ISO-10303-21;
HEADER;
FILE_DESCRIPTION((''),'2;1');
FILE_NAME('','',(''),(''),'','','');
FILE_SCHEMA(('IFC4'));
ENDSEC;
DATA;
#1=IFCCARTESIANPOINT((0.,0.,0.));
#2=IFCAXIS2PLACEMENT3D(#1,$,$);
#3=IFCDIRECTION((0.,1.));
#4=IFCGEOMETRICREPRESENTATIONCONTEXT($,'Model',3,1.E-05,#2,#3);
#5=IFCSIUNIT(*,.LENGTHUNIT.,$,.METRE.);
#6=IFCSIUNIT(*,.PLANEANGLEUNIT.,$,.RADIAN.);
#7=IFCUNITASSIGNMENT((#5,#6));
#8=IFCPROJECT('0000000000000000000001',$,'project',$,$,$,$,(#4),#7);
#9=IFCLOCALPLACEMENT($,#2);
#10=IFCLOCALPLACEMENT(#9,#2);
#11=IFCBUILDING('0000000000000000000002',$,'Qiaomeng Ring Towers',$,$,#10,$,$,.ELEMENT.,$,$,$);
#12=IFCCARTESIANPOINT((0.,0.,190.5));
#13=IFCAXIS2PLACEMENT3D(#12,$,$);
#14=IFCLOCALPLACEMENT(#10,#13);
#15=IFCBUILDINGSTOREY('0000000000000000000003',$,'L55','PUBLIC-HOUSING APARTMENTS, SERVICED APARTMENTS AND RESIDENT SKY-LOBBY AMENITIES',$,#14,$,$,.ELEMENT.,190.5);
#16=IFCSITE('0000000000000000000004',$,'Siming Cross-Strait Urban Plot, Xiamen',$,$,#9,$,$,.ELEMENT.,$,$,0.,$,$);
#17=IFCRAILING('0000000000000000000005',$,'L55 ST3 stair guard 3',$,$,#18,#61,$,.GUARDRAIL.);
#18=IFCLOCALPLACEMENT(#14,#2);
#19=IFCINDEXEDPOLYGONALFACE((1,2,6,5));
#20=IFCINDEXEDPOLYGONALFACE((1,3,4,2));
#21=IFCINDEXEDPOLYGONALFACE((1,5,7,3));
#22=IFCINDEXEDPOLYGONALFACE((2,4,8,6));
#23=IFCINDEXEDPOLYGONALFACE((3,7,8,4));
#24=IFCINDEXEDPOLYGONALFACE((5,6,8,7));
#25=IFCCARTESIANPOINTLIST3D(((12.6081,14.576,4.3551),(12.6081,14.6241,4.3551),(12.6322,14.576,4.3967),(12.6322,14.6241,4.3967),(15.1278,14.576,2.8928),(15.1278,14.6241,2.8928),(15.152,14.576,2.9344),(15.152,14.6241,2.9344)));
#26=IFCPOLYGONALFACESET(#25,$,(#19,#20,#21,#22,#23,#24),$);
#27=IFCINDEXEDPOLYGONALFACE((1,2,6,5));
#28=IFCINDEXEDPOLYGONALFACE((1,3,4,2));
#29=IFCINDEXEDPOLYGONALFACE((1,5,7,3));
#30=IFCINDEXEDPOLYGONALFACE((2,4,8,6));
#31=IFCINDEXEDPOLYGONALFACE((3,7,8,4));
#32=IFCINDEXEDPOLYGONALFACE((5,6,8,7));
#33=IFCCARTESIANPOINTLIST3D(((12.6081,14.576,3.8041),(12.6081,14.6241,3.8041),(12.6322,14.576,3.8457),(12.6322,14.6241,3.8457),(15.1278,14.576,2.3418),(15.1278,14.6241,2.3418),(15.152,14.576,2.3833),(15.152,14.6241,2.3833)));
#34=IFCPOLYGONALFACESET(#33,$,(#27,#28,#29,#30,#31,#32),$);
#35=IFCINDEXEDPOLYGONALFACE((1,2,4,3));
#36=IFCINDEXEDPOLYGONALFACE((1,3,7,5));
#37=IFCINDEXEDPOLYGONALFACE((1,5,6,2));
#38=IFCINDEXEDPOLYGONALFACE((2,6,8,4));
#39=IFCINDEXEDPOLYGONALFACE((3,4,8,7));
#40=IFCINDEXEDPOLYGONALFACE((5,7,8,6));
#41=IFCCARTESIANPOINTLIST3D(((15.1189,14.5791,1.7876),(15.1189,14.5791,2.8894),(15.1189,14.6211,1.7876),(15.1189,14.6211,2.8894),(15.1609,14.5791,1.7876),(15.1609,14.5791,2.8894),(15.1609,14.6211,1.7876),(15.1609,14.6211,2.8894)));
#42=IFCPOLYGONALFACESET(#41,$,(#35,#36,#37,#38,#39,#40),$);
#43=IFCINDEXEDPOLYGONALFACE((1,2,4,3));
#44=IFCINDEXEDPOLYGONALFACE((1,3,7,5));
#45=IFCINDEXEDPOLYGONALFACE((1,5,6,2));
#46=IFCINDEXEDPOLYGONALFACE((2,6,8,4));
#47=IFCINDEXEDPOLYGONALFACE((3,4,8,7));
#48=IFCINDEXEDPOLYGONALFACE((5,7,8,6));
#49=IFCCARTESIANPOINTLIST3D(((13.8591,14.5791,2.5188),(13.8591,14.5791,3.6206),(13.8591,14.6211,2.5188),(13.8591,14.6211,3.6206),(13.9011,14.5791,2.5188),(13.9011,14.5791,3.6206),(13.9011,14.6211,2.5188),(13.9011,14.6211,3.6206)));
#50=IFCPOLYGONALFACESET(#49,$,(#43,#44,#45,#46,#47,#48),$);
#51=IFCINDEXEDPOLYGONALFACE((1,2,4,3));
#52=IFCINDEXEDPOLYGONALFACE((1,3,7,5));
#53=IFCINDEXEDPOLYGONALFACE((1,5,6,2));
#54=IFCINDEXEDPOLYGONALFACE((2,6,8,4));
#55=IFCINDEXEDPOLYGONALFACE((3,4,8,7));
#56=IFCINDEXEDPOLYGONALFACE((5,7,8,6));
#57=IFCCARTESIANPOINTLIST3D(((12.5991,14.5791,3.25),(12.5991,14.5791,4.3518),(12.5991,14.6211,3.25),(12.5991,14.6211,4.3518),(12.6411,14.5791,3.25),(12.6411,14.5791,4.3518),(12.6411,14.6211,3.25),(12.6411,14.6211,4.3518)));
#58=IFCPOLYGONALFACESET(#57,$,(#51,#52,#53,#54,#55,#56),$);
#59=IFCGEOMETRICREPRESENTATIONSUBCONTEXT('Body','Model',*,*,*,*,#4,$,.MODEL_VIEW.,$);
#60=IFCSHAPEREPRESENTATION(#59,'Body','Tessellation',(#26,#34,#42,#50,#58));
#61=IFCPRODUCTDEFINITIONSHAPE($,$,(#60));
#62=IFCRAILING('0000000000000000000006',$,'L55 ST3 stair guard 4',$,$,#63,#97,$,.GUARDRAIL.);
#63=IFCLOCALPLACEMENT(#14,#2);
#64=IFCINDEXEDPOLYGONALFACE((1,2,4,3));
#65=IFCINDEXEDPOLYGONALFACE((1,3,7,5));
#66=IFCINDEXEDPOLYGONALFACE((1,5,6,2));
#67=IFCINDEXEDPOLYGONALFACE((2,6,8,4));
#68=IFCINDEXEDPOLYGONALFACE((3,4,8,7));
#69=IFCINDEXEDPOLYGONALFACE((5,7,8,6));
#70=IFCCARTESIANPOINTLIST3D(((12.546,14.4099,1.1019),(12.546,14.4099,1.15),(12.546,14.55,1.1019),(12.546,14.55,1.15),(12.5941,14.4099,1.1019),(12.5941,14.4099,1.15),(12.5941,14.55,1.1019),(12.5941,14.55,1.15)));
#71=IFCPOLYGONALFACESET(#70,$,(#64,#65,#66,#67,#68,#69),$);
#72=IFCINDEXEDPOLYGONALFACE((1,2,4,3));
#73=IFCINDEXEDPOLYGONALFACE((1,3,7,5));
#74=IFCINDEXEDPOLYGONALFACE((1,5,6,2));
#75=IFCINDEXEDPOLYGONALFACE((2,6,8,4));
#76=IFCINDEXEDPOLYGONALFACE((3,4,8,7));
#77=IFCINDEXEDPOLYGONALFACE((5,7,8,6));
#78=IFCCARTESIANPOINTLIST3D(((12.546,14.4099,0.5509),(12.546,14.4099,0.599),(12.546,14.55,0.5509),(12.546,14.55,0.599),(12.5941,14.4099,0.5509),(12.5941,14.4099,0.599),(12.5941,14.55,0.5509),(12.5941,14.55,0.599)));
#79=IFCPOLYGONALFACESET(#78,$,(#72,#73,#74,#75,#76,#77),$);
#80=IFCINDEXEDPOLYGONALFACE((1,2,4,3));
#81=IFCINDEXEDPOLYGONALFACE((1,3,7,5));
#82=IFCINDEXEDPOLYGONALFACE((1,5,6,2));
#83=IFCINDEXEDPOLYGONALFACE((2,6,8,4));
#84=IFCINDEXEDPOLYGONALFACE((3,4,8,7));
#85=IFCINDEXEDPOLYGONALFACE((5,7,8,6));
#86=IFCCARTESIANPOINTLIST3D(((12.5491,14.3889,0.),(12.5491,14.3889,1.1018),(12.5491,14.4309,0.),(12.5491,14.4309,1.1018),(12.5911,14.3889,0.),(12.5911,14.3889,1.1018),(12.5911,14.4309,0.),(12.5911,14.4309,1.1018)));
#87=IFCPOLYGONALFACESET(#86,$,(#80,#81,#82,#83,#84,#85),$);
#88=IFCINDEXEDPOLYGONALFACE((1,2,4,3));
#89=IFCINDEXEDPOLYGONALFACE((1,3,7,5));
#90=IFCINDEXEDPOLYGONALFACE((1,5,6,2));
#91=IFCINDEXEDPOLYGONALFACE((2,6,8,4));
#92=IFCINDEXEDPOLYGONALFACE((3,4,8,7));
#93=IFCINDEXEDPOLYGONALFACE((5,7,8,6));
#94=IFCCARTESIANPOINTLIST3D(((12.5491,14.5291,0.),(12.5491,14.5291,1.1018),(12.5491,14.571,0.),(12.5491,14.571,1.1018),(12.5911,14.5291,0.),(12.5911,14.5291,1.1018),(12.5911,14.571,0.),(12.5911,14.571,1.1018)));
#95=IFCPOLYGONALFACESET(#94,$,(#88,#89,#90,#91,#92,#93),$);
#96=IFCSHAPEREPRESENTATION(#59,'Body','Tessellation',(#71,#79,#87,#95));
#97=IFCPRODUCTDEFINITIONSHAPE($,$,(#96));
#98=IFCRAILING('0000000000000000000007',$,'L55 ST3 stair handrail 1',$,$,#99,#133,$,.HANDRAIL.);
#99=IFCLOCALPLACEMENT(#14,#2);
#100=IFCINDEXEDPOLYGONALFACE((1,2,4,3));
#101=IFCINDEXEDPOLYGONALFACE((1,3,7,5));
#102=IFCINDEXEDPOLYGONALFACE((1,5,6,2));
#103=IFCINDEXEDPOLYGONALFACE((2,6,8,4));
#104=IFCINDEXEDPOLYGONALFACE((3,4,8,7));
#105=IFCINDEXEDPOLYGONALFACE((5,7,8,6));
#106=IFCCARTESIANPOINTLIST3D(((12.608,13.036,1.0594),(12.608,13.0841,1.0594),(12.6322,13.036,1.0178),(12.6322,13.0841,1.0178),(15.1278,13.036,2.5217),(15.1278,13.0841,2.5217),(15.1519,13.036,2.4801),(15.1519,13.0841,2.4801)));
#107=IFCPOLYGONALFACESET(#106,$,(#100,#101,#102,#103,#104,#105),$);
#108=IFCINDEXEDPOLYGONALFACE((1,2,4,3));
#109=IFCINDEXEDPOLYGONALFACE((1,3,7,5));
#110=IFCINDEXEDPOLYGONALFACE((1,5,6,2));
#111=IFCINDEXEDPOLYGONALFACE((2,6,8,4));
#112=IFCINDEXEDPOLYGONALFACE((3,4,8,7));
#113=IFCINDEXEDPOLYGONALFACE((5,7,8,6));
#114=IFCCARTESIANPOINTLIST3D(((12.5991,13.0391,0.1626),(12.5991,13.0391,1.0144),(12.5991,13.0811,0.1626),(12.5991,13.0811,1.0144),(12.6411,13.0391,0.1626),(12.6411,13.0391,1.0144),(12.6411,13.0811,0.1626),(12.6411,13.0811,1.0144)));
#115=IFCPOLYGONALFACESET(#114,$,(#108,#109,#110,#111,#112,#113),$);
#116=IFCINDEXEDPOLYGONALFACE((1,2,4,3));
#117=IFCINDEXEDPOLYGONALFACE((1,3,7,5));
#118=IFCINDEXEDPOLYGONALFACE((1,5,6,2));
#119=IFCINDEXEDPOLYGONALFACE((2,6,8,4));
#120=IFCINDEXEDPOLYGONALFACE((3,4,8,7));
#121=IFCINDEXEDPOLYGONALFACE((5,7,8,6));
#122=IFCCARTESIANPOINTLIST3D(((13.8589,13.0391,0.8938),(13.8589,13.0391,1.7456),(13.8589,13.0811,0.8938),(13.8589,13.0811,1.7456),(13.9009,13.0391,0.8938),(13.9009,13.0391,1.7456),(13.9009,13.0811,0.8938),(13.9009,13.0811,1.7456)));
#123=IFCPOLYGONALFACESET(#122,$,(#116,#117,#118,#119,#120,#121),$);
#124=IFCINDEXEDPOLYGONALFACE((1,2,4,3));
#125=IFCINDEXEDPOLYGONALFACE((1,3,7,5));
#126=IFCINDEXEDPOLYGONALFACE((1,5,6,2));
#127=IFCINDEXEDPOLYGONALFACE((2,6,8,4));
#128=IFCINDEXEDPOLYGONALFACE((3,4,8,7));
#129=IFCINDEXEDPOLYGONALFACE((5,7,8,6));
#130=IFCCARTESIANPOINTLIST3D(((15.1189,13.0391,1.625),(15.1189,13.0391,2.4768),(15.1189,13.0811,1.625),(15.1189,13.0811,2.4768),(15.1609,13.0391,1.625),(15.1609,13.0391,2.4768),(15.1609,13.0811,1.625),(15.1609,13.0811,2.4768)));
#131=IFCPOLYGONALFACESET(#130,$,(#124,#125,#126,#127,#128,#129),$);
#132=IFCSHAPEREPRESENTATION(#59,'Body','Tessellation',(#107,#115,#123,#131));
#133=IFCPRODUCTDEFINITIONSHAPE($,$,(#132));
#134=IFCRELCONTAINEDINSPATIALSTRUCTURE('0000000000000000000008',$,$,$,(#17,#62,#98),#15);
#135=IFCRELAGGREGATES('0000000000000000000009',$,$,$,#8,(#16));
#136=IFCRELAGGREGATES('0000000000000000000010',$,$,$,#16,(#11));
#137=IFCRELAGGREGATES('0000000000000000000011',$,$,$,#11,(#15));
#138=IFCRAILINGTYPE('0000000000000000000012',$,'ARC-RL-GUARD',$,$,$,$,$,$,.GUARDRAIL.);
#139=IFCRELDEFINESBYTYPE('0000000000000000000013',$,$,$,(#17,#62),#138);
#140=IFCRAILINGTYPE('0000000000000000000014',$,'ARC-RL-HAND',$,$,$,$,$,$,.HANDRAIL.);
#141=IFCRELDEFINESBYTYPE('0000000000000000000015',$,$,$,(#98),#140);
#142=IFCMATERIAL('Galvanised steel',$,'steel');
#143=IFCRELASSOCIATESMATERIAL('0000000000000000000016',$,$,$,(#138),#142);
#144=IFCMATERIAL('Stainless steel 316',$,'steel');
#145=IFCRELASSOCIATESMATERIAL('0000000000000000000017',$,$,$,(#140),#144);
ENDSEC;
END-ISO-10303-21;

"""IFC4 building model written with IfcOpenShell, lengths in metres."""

from ifc_helpers import new_model, si_unit, direction, frame, origin, origin_2d, place, context, subcontext, project, spatial, rectangle, extrude, material, type_object, element, save


model = new_model("IFC4")

# Units and contexts
model_context = context("Model", 3, precision=1e-05, world=origin(), true_north=direction((0.0, 1.0)))
body_context = subcontext(model_context, "Body", "Model", "MODEL_VIEW")
ifc_project = project(units=[si_unit("LENGTHUNIT", "METRE"), si_unit("PLANEANGLEUNIT", "RADIAN")], contexts=[model_context])

# Site, building, storey
site_placement = place(None, origin())
site = spatial("IfcSite", under=ifc_project, at=site_placement, Name="Siming Cross-Strait Urban Plot, Xiamen", CompositionType="ELEMENT", RefElevation=0.0)
building_placement = place(site_placement, origin())
building = spatial("IfcBuilding", under=site, at=building_placement, Name="Qiaomeng Ring Towers", CompositionType="ELEMENT")
storey_placement = place(building_placement, frame((0.0, 0.0, 190.5)))
storey = spatial("IfcBuildingStorey", under=building, at=storey_placement, Name="L55", Description="PUBLIC-HOUSING APARTMENTS, SERVICED APARTMENTS AND RESIDENT SKY-LOBBY AMENITIES", CompositionType="ELEMENT", Elevation=190.5)

# Shared definitions
ifc_material_1 = material(Name="Galvanised steel", Category="steel")

# Railings
railing_type_1 = type_object("IfcRailingType", Name="ARC-RL-GUARD", PredefinedType="GUARDRAIL", material=ifc_material_1)
railing_1_placement = place(storey_placement, frame((15.1399, 14.6001, 1.7876)))
element("IfcRailing", 1, at=railing_1_placement, inside=storey, type_object=railing_type_1, Name="L55 ST3 stair guard 3", PredefinedType="GUARDRAIL", context=body_context, shape_type="SweptSolid", body=[
    extrude(rectangle(XDim=0.0481, YDim=0.0481, at=origin_2d()), frame((0.0, 0.0, 1.126), z_axis=(-0.864892, 0.0, 0.501958), x_axis=(0.0, -1.0, 0.0)), (0.0, 0.0, 1.0), 2.9133),
    extrude(rectangle(XDim=0.0481, YDim=0.0481, at=origin_2d()), frame((0.0, 0.0, 0.575), z_axis=(-0.864892, 0.0, 0.501958), x_axis=(0.0, -1.0, 0.0)), (0.0, 0.0, 1.0), 2.9133),
    extrude(rectangle(XDim=0.042, YDim=0.042, at=origin_2d()), origin(), (0.0, 0.0, 1.0), 1.1018),
    extrude(rectangle(XDim=0.042, YDim=0.042, at=origin_2d()), frame((-1.2598, 0.0, 0.7312)), (0.0, 0.0, 1.0), 1.1018),
    extrude(rectangle(XDim=0.042, YDim=0.042, at=origin_2d()), frame((-2.5198, 0.0, 1.4624)), (0.0, 0.0, 1.0), 1.1018),
])
railing_2_placement = place(storey_placement, frame((12.5701, 14.4099, 0.0)))
element("IfcRailing", 2, at=railing_2_placement, inside=storey, type_object=railing_type_1, Name="L55 ST3 stair guard 4", PredefinedType="GUARDRAIL", context=body_context, shape_type="SweptSolid", body=[
    extrude(rectangle(XDim=0.0481, YDim=0.0481, at=origin_2d()), frame((0.0, 0.0, 1.126), z_axis=(0.0, 1.0, 0.0), x_axis=(-1.0, 0.0, 0.0)), (0.0, 0.0, 1.0), 0.1401),
    extrude(rectangle(XDim=0.0481, YDim=0.0481, at=origin_2d()), frame((0.0, 0.0, 0.575), z_axis=(0.0, 1.0, 0.0), x_axis=(-1.0, 0.0, 0.0)), (0.0, 0.0, 1.0), 0.1401),
    extrude(rectangle(XDim=0.042, YDim=0.042, at=origin_2d()), origin(), (0.0, 0.0, 1.0), 1.1018),
    extrude(rectangle(XDim=0.042, YDim=0.042, at=origin_2d()), frame((0.0, 0.1401, 0.0)), (0.0, 0.0, 1.0), 1.1018),
])
ifc_material_2 = material(Name="Stainless steel 316", Category="steel")
railing_type_2 = type_object("IfcRailingType", Name="ARC-RL-HAND", PredefinedType="HANDRAIL", material=ifc_material_2)
railing_3_placement = place(storey_placement, frame((12.6201, 13.0601, 0.1626)))
element("IfcRailing", 3, at=railing_3_placement, inside=storey, type_object=railing_type_2, Name="L55 ST3 stair handrail 1", PredefinedType="HANDRAIL", context=body_context, shape_type="SweptSolid", body=[
    extrude(rectangle(XDim=0.0481, YDim=0.0481, at=origin_2d()), frame((0.0, 0.0, 0.876), z_axis=(0.864892, 0.0, 0.501958), x_axis=(0.0, 1.0, 0.0)), (0.0, 0.0, 1.0), 2.9133),
    extrude(rectangle(XDim=0.042, YDim=0.042, at=origin_2d()), origin(), (0.0, 0.0, 1.0), 0.8518),
    extrude(rectangle(XDim=0.042, YDim=0.042, at=origin_2d()), frame((1.2598, 0.0, 0.7312)), (0.0, 0.0, 1.0), 0.8518),
    extrude(rectangle(XDim=0.042, YDim=0.042, at=origin_2d()), frame((2.5198, 0.0, 1.4624)), (0.0, 0.0, 1.0), 0.8518),
])

save(model, "model.ifc")
